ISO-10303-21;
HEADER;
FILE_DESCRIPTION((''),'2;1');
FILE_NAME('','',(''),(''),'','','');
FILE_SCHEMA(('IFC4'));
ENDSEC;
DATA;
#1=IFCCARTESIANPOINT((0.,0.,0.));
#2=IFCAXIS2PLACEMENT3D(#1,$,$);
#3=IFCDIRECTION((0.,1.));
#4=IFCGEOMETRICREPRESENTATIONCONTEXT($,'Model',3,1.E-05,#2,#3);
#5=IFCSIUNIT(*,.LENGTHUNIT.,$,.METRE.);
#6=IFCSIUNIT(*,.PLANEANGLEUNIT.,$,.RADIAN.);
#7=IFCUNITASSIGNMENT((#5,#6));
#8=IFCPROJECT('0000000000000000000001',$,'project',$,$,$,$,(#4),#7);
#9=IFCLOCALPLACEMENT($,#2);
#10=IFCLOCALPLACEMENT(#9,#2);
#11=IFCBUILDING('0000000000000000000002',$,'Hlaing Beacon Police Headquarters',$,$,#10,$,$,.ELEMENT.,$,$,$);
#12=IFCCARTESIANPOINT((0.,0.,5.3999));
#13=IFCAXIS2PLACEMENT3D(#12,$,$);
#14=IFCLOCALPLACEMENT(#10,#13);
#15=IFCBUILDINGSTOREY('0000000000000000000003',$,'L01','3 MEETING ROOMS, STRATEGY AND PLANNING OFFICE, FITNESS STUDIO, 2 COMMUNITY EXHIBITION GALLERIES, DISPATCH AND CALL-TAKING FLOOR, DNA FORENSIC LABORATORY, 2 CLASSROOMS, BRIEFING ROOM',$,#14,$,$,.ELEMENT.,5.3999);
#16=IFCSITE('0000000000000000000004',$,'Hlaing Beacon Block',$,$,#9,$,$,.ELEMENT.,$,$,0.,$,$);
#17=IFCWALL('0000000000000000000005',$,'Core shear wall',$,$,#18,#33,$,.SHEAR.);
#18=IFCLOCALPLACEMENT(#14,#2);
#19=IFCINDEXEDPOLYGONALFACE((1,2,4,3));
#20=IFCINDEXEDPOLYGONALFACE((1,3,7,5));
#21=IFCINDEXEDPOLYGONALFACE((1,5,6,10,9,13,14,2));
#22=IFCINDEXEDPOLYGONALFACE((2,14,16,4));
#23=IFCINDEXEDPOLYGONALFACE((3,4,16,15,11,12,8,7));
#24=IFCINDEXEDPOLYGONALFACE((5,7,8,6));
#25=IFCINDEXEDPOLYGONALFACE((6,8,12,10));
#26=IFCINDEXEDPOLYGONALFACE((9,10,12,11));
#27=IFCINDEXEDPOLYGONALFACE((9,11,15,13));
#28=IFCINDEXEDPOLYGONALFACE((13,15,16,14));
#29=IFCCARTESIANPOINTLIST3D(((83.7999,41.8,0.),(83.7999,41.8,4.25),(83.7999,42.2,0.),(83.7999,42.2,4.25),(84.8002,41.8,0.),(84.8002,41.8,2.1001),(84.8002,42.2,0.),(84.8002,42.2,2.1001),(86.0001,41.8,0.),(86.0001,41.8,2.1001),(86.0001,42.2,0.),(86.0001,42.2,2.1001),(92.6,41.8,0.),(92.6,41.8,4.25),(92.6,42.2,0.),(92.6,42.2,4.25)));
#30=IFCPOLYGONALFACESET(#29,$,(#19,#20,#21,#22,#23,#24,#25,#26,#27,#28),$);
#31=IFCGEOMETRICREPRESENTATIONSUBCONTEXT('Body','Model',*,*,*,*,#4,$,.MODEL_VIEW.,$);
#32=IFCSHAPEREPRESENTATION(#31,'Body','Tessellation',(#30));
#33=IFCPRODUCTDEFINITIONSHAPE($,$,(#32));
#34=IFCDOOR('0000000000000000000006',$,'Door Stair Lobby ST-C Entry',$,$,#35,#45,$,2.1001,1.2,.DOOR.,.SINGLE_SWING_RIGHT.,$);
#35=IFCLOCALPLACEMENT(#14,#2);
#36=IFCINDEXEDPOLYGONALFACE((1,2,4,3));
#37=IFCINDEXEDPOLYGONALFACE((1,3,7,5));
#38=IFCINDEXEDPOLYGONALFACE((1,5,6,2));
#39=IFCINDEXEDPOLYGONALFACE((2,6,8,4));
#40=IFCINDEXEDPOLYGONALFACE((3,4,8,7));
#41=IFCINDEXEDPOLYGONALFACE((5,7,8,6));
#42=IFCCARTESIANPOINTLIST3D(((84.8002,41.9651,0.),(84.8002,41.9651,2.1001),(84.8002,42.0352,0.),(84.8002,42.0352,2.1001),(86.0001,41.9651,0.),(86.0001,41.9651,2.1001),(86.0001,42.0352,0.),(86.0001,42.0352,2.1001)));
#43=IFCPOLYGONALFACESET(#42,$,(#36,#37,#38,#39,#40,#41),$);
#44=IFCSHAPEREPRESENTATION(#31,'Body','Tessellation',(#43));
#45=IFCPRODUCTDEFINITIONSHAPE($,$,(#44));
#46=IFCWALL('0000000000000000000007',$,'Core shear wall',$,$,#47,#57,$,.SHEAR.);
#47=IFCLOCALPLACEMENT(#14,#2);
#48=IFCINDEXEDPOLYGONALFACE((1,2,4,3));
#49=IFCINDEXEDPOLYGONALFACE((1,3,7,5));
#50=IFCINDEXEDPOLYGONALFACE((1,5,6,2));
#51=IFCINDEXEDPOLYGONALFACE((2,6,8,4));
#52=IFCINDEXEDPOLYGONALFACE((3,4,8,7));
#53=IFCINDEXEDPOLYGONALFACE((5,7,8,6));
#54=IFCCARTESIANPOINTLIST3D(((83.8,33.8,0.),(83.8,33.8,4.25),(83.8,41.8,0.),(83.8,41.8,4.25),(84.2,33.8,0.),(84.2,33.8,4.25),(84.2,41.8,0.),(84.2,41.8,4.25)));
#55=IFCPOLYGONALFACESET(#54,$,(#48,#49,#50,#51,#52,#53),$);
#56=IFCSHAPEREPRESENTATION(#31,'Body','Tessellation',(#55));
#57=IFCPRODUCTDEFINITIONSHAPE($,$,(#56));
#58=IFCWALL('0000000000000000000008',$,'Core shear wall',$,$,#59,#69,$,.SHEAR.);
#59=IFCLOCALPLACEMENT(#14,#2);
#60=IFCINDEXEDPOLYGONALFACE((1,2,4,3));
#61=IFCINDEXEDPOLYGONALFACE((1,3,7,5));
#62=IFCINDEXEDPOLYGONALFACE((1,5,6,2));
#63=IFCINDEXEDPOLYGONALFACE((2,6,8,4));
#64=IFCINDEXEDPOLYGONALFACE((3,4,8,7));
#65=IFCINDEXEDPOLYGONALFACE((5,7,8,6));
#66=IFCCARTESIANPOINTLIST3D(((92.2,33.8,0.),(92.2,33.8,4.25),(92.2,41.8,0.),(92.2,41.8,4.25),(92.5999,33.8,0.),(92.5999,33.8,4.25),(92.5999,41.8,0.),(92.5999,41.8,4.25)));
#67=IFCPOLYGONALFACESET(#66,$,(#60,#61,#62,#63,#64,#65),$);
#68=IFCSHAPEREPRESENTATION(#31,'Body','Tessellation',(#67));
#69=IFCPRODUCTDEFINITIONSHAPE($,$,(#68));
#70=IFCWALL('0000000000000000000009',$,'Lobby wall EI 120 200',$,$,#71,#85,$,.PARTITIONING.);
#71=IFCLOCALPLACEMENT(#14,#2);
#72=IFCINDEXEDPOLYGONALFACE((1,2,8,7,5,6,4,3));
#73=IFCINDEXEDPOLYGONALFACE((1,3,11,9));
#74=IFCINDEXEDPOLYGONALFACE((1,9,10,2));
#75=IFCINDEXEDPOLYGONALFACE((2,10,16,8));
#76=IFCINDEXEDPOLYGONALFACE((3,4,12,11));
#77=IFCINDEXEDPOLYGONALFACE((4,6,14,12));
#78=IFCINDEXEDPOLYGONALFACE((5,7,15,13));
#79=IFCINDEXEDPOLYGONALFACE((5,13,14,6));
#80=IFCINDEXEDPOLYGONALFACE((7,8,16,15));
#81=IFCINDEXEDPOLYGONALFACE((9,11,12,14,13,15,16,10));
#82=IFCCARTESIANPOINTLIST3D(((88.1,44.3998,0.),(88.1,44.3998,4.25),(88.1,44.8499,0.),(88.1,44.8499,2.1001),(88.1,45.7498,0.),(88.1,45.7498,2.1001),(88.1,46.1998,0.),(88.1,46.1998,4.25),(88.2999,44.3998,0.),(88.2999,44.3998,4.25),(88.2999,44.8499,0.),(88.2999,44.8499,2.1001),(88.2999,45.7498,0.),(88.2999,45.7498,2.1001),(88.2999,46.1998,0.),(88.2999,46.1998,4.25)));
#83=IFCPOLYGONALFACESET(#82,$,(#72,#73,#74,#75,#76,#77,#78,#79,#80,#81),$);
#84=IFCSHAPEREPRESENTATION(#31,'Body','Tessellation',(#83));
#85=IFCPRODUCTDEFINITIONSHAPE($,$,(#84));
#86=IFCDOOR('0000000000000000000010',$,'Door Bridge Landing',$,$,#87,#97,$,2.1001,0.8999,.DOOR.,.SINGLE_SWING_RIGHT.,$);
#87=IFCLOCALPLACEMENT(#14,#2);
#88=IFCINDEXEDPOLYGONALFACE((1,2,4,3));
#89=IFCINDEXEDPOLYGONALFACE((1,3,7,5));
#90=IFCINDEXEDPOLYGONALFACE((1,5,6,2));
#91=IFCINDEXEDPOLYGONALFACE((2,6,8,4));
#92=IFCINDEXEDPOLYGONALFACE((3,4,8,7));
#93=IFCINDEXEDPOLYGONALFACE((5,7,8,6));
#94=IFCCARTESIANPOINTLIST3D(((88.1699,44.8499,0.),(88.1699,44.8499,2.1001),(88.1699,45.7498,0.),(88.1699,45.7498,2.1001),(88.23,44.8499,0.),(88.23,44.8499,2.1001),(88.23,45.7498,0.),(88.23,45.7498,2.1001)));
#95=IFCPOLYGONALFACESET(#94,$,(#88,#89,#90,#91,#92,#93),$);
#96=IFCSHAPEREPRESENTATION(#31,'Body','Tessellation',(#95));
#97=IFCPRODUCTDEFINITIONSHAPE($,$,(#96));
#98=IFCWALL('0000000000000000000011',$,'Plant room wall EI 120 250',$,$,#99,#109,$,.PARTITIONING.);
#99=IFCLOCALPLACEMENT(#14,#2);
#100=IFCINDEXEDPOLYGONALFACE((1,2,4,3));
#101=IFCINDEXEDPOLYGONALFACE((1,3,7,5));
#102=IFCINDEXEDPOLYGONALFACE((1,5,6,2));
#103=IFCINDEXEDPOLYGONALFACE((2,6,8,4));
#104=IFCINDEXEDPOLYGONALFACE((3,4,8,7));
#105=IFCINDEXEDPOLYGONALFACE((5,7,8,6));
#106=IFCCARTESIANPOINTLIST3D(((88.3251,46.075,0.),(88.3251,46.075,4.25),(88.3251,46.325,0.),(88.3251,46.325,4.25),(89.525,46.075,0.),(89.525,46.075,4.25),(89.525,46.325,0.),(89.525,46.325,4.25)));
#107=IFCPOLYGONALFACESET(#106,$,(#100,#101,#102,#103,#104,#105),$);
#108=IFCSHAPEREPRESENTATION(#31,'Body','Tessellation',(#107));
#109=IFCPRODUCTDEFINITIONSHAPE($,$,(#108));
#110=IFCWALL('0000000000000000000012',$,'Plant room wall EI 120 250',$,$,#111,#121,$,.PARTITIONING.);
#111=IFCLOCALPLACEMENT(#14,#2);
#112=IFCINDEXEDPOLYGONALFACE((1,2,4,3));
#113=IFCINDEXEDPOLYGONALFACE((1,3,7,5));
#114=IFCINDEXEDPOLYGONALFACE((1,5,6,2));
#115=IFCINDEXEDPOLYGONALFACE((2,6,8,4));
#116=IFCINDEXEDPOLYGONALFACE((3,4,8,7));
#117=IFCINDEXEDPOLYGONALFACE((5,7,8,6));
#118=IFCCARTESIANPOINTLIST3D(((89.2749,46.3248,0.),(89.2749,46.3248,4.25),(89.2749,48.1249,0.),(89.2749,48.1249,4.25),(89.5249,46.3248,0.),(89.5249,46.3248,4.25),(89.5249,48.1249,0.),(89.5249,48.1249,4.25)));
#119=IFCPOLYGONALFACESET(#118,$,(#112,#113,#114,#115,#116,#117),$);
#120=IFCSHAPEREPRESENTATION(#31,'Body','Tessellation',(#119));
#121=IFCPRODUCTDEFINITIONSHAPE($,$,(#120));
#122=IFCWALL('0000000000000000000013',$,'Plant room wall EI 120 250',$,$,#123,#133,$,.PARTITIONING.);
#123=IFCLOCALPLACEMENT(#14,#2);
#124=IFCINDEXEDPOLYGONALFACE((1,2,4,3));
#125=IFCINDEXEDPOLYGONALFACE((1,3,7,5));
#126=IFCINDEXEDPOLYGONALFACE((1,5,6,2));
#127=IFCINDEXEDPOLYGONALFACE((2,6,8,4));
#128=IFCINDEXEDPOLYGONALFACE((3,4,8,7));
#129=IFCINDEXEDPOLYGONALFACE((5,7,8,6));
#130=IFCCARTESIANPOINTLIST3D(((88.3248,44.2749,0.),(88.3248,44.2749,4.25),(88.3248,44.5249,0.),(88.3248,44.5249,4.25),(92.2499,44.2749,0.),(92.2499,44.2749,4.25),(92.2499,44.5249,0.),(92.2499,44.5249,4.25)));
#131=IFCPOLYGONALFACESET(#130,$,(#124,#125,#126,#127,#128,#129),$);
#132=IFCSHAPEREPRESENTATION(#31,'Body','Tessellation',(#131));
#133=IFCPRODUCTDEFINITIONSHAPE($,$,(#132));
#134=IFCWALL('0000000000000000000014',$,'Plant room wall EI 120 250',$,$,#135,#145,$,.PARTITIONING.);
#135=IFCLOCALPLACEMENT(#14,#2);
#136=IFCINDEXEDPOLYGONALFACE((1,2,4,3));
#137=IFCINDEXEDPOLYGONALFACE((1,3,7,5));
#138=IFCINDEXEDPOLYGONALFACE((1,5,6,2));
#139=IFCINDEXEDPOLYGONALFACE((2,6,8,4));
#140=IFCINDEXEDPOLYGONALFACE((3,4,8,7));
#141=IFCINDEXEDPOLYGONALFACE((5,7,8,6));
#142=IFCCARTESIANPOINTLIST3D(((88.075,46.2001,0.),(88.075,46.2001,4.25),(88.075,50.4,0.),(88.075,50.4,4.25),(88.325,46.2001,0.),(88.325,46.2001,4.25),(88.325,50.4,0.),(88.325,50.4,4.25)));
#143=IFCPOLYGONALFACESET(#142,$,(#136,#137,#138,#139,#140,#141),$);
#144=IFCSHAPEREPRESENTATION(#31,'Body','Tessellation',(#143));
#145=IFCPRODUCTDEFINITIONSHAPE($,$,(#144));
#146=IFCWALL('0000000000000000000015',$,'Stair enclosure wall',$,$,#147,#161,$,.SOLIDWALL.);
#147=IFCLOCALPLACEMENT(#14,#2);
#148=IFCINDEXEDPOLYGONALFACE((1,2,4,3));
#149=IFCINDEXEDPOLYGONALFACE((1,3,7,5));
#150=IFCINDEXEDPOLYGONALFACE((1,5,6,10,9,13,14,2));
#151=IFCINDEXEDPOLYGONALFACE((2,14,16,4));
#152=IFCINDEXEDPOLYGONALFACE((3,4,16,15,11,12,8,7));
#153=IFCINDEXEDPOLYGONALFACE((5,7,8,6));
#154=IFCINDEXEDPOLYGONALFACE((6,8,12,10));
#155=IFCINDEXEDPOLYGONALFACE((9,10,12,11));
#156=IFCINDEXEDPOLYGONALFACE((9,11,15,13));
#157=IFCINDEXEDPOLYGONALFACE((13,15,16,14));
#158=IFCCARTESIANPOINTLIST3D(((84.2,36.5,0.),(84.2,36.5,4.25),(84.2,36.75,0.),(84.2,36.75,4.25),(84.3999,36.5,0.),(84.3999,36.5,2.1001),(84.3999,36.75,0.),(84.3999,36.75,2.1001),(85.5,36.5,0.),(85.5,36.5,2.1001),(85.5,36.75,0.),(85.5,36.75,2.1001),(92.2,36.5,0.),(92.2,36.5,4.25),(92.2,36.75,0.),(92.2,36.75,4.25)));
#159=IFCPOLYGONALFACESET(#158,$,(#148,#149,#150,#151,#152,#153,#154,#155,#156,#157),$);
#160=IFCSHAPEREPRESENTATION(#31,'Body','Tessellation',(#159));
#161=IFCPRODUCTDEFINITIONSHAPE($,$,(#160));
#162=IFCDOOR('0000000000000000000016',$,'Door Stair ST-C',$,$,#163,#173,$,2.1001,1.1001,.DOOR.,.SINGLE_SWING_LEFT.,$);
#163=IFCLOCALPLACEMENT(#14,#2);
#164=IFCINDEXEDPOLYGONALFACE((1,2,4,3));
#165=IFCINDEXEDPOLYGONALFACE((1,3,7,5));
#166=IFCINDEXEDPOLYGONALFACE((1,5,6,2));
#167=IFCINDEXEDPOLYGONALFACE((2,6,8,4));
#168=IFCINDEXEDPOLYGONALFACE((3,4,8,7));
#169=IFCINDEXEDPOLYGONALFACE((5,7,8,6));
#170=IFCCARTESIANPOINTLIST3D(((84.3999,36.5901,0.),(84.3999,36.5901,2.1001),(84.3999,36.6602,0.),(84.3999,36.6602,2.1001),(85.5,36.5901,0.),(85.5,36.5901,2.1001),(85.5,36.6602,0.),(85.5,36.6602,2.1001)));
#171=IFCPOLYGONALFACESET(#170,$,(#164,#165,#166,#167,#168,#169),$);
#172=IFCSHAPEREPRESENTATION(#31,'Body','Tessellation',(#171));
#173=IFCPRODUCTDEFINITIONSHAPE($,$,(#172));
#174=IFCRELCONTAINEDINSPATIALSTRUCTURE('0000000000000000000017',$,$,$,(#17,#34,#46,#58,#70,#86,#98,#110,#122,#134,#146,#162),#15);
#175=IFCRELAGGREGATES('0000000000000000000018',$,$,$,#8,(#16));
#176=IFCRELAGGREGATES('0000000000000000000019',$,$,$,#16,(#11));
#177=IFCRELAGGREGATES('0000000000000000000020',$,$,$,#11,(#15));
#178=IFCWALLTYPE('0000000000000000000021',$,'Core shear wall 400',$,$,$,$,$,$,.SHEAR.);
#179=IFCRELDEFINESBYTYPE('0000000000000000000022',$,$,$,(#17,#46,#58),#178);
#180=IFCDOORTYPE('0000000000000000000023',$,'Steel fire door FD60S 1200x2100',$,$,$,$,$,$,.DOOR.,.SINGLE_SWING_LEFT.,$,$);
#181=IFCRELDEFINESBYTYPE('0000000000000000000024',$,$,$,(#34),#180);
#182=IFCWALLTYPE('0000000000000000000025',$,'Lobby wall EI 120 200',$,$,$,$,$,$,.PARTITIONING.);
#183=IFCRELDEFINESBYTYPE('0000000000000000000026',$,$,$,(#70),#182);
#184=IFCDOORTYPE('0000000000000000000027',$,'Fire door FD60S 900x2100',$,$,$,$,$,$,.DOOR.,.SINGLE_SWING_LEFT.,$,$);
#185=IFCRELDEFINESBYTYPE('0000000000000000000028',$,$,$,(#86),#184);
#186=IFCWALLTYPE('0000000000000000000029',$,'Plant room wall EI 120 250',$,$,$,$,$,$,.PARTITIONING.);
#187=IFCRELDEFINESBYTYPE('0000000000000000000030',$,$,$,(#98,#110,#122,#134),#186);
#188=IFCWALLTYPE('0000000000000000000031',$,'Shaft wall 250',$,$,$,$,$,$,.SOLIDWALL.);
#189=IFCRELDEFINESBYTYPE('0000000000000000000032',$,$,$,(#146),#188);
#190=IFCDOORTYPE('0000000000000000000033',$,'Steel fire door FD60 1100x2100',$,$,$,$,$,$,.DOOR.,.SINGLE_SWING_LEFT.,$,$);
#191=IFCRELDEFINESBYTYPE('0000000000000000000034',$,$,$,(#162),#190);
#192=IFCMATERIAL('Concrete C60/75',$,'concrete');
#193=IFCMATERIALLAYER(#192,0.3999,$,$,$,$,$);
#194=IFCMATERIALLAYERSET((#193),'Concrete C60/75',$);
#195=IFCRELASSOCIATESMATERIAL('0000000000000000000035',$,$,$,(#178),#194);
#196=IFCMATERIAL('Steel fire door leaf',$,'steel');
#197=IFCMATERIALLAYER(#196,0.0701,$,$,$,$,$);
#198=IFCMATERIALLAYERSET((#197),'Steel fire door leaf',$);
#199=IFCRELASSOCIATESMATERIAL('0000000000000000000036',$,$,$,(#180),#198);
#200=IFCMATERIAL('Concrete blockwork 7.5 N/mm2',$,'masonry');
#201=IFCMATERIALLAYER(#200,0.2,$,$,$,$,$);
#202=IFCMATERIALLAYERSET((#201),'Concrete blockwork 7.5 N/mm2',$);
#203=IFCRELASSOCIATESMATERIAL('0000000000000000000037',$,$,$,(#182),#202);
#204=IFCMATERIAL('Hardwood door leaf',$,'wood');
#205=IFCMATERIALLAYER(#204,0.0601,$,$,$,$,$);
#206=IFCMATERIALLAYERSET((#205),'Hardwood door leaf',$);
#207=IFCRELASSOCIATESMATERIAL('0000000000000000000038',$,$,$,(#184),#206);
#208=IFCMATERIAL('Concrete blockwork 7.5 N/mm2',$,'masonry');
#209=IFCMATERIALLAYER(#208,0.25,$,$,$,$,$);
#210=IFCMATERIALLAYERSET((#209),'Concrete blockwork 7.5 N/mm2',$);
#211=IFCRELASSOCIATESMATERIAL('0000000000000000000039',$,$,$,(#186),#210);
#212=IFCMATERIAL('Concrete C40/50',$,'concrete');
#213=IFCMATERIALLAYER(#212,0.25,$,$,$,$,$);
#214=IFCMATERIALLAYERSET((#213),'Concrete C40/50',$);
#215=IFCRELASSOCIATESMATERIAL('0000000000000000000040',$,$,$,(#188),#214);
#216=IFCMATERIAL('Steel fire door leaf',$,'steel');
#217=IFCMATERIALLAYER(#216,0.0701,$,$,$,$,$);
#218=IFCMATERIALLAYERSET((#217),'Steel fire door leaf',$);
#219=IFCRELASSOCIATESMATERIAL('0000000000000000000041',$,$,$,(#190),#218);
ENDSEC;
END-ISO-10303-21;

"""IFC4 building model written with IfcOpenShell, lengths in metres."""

from ifc_helpers import new_model, si_unit, direction, frame, frame_2d, origin, place, context, subcontext, project, spatial, rectangle, extrude, material, layer, layer_set, type_object, element, fill, save


model = new_model("IFC4")

# Units and contexts
model_context = context("Model", 3, precision=1e-05, world=origin(), true_north=direction((0.0, 1.0)))
body_context = subcontext(model_context, "Body", "Model", "MODEL_VIEW")
ifc_project = project(units=[si_unit("LENGTHUNIT", "METRE"), si_unit("PLANEANGLEUNIT", "RADIAN")], contexts=[model_context])

# Site, building, storey
site_placement = place(None, origin())
site = spatial("IfcSite", under=ifc_project, at=site_placement, Name="Hlaing Beacon Block", CompositionType="ELEMENT", RefElevation=0.0)
building_placement = place(site_placement, origin())
building = spatial("IfcBuilding", under=site, at=building_placement, Name="Hlaing Beacon Police Headquarters", CompositionType="ELEMENT")
storey_placement = place(building_placement, frame((0.0, 0.0, 5.3999)))
storey = spatial("IfcBuildingStorey", under=building, at=storey_placement, Name="L01", Description="3 MEETING ROOMS, STRATEGY AND PLANNING OFFICE, FITNESS STUDIO, 2 COMMUNITY EXHIBITION GALLERIES, DISPATCH AND CALL-TAKING FLOOR, DNA FORENSIC LABORATORY, 2 CLASSROOMS, BRIEFING ROOM", CompositionType="ELEMENT", Elevation=5.3999)

# Wall, opening, door
ifc_material_1 = material(Name="Concrete C60/75", Category="concrete")
ifc_layer_1 = layer(ifc_material_1, 0.3999)
ifc_layer_set_1 = layer_set([ifc_layer_1], Name="Concrete C60/75")
wall_type_1 = type_object("IfcWallType", Name="Core shear wall 400", PredefinedType="SHEAR", material=ifc_layer_set_1)
wall_1_placement = place(storey_placement, frame((83.8, 42.0, 0.0), z_axis=(0.0, 0.0, 1.0), x_axis=(1.0, 0.0, 0.0)))
wall_1 = element("IfcWall", 1, at=wall_1_placement, inside=storey, type_object=wall_type_1, Name="Core shear wall", PredefinedType="SHEAR", context=body_context, shape_type="SweptSolid", body=[
    extrude(rectangle(XDim=8.8, YDim=0.3999, at=frame_2d((4.3999, 0.0))), origin(), (0.0, 0.0, 1.0), 4.25),
])
opening_1_placement = place(wall_1_placement, frame((1.0, 0.0, 0.0)))
opening_1 = element("IfcOpeningElement", 2, at=opening_1_placement, cuts=wall_1, PredefinedType="OPENING", context=body_context, shape_type="SweptSolid", body=[
    extrude(rectangle(XDim=1.2, YDim=2.1001, at=frame_2d((0.6001, 1.05))), frame((0.0, 0.21, 0.0), z_axis=(0.0, -1.0, 0.0), x_axis=(1.0, 0.0, 0.0)), (0.0, 0.0, 1.0), 0.4199),
])
ifc_material_2 = material(Name="Steel fire door leaf", Category="steel")
ifc_layer_2 = layer(ifc_material_2, 0.0701)
ifc_layer_set_2 = layer_set([ifc_layer_2], Name="Steel fire door leaf")
door_type_1 = type_object("IfcDoorType", Name="Steel fire door FD60S 1200x2100", OperationType="SINGLE_SWING_LEFT", PredefinedType="DOOR", material=ifc_layer_set_2)
door_1_placement = place(opening_1_placement, frame((1.2, 0.0, 0.0), z_axis=(0.0, 0.0, 1.0), x_axis=(-1.0, 0.0, 0.0)))
door_1 = element("IfcDoor", 3, at=door_1_placement, inside=storey, type_object=door_type_1, Name="Door Stair Lobby ST-C Entry", OperationType="SINGLE_SWING_RIGHT", OverallHeight=2.1001, OverallWidth=1.2, PredefinedType="DOOR", context=body_context, shape_type="SweptSolid", body=[
    extrude(rectangle(XDim=1.2, YDim=2.1001, at=frame_2d((0.5999, 1.05))), frame((0.0, 0.0349, 0.0), z_axis=(0.0, -1.0, 0.0), x_axis=(1.0, 0.0, 0.0)), (0.0, 0.0, 1.0), 0.0701),
])
fill(opening_1, door_1)

# Walls
for number, where, z_axis, x_axis, name in (
    (4, (84.0, 33.8, 0.0), (0.0, 0.0, 1.0), (0.0, 1.0, 0.0), "Core shear wall"),
    (5, (92.3999, 33.8, 0.0), (0.0, 0.0, 1.0), (0.0, 1.0, 0.0), "Core shear wall"),
):
    element("IfcWall", number, at=place(storey_placement, frame(where, z_axis=z_axis, x_axis=x_axis)), inside=storey, type_object=wall_type_1, Name=name, PredefinedType="SHEAR", context=body_context, shape_type="SweptSolid", body=[
        extrude(rectangle(XDim=8.0, YDim=0.3999, at=frame_2d((4.0, 0.0))), origin(), (0.0, 0.0, 1.0), 4.25),
    ])

# Wall, opening, door
ifc_material_3 = material(Name="Concrete blockwork 7.5 N/mm2", Category="masonry")
ifc_layer_3 = layer(ifc_material_3, 0.2)
ifc_layer_set_3 = layer_set([ifc_layer_3], Name="Concrete blockwork 7.5 N/mm2")
wall_type_2 = type_object("IfcWallType", Name="Lobby wall EI 120 200", PredefinedType="PARTITIONING", material=ifc_layer_set_3)
wall_2_placement = place(storey_placement, frame((88.2, 44.3999, 0.0), z_axis=(0.0, 0.0, 1.0), x_axis=(0.0, 1.0, 0.0)))
wall_2 = element("IfcWall", 6, at=wall_2_placement, inside=storey, type_object=wall_type_2, Name="Lobby wall EI 120 200", PredefinedType="PARTITIONING", context=body_context, shape_type="SweptSolid", body=[
    extrude(rectangle(XDim=1.8, YDim=0.2, at=frame_2d((0.8999, 0.0))), origin(), (0.0, 0.0, 1.0), 4.25),
])
opening_2_placement = place(wall_2_placement, frame((0.45, 0.0, 0.0)))
opening_2 = element("IfcOpeningElement", 7, at=opening_2_placement, cuts=wall_2, PredefinedType="OPENING", context=body_context, shape_type="SweptSolid", body=[
    extrude(rectangle(XDim=0.8999, YDim=2.1001, at=frame_2d((0.45, 1.05))), frame((0.0, 0.1099, 0.0), z_axis=(0.0, -1.0, 0.0), x_axis=(1.0, 0.0, 0.0)), (0.0, 0.0, 1.0), 0.22),
])
ifc_material_4 = material(Name="Hardwood door leaf", Category="wood")
ifc_layer_4 = layer(ifc_material_4, 0.0601)
ifc_layer_set_4 = layer_set([ifc_layer_4], Name="Hardwood door leaf")
door_type_2 = type_object("IfcDoorType", Name="Fire door FD60S 900x2100", OperationType="SINGLE_SWING_LEFT", PredefinedType="DOOR", material=ifc_layer_set_4)
door_2_placement = place(opening_2_placement, frame((0.8999, 0.0, 0.0), z_axis=(0.0, 0.0, 1.0), x_axis=(-1.0, 0.0, 0.0)))
door_2 = element("IfcDoor", 8, at=door_2_placement, inside=storey, type_object=door_type_2, Name="Door Bridge Landing", OperationType="SINGLE_SWING_RIGHT", OverallHeight=2.1001, OverallWidth=0.8999, PredefinedType="DOOR", context=body_context, shape_type="SweptSolid", body=[
    extrude(rectangle(XDim=0.8999, YDim=2.1001, at=frame_2d((0.45, 1.05))), frame((0.0, 0.03, 0.0), z_axis=(0.0, -1.0, 0.0), x_axis=(1.0, 0.0, 0.0)), (0.0, 0.0, 1.0), 0.0601),
])
fill(opening_2, door_2)

# Walls
ifc_material_5 = material(Name="Concrete blockwork 7.5 N/mm2", Category="masonry")
ifc_layer_5 = layer(ifc_material_5, 0.25)
ifc_layer_set_5 = layer_set([ifc_layer_5], Name="Concrete blockwork 7.5 N/mm2")
wall_type_3 = type_object("IfcWallType", Name="Plant room wall EI 120 250", PredefinedType="PARTITIONING", material=ifc_layer_set_5)
wall_3_placement = place(storey_placement, frame((88.325, 46.2, 0.0), z_axis=(0.0, 0.0, 1.0), x_axis=(1.0, 0.0, 0.0)))
element("IfcWall", 9, at=wall_3_placement, inside=storey, type_object=wall_type_3, Name="Plant room wall EI 120 250", PredefinedType="PARTITIONING", context=body_context, shape_type="SweptSolid", body=[
    extrude(rectangle(XDim=1.2, YDim=0.25, at=frame_2d((0.6001, 0.0))), origin(), (0.0, 0.0, 1.0), 4.25),
])
wall_4_placement = place(storey_placement, frame((89.3999, 46.325, 0.0), z_axis=(0.0, 0.0, 1.0), x_axis=(0.0, 1.0, 0.0)))
element("IfcWall", 10, at=wall_4_placement, inside=storey, type_object=wall_type_3, Name="Plant room wall EI 120 250", PredefinedType="PARTITIONING", context=body_context, shape_type="SweptSolid", body=[
    extrude(rectangle(XDim=1.8, YDim=0.25, at=frame_2d((0.8999, 0.0))), origin(), (0.0, 0.0, 1.0), 4.25),
])

# Wall
wall_5_placement = place(storey_placement, frame((88.325, 44.3999, 0.0), z_axis=(0.0, 0.0, 1.0), x_axis=(1.0, 0.0, 0.0)))
element("IfcWall", 11, at=wall_5_placement, inside=storey, type_object=wall_type_3, Name="Plant room wall EI 120 250", PredefinedType="PARTITIONING", context=body_context, shape_type="SweptSolid", body=[
    extrude(rectangle(XDim=3.925, YDim=0.25, at=frame_2d((1.9624, 0.0))), origin(), (0.0, 0.0, 1.0), 4.25),
])

# Wall
wall_6_placement = place(storey_placement, frame((88.2, 46.2, 0.0), z_axis=(0.0, 0.0, 1.0), x_axis=(0.0, 1.0, 0.0)))
element("IfcWall", 12, at=wall_6_placement, inside=storey, type_object=wall_type_3, Name="Plant room wall EI 120 250", PredefinedType="PARTITIONING", context=body_context, shape_type="SweptSolid", body=[
    extrude(rectangle(XDim=4.2, YDim=0.25, at=frame_2d((2.1001, 0.0))), origin(), (0.0, 0.0, 1.0), 4.25),
])

# Wall, opening, door
ifc_material_6 = material(Name="Concrete C40/50", Category="concrete")
ifc_layer_6 = layer(ifc_material_6, 0.25)
ifc_layer_set_6 = layer_set([ifc_layer_6], Name="Concrete C40/50")
wall_type_4 = type_object("IfcWallType", Name="Shaft wall 250", PredefinedType="SOLIDWALL", material=ifc_layer_set_6)
wall_7_placement = place(storey_placement, frame((84.2, 36.625, 0.0), z_axis=(0.0, 0.0, 1.0), x_axis=(1.0, 0.0, 0.0)))
wall_7 = element("IfcWall", 13, at=wall_7_placement, inside=storey, type_object=wall_type_4, Name="Stair enclosure wall", PredefinedType="SOLIDWALL", context=body_context, shape_type="SweptSolid", body=[
    extrude(rectangle(XDim=8.0, YDim=0.25, at=frame_2d((4.0, 0.0))), origin(), (0.0, 0.0, 1.0), 4.25),
])
opening_3_placement = place(wall_7_placement, frame((0.2, 0.0, 0.0)))
opening_3 = element("IfcOpeningElement", 14, at=opening_3_placement, cuts=wall_7, PredefinedType="OPENING", context=body_context, shape_type="SweptSolid", body=[
    extrude(rectangle(XDim=1.1001, YDim=2.1001, at=frame_2d((0.55, 1.05))), frame((0.0, 0.135, 0.0), z_axis=(0.0, -1.0, 0.0), x_axis=(1.0, 0.0, 0.0)), (0.0, 0.0, 1.0), 0.27),
])
ifc_material_7 = material(Name="Steel fire door leaf", Category="steel")
ifc_layer_7 = layer(ifc_material_7, 0.0701)
ifc_layer_set_7 = layer_set([ifc_layer_7], Name="Steel fire door leaf")
door_type_3 = type_object("IfcDoorType", Name="Steel fire door FD60 1100x2100", OperationType="SINGLE_SWING_LEFT", PredefinedType="DOOR", material=ifc_layer_set_7)
door_3_placement = place(opening_3_placement, frame((1.1001, 0.0, 0.0), z_axis=(0.0, 0.0, 1.0), x_axis=(-1.0, 0.0, 0.0)))
door_3 = element("IfcDoor", 15, at=door_3_placement, inside=storey, type_object=door_type_3, Name="Door Stair ST-C", OperationType="SINGLE_SWING_LEFT", OverallHeight=2.1001, OverallWidth=1.1001, PredefinedType="DOOR", context=body_context, shape_type="SweptSolid", body=[
    extrude(rectangle(XDim=1.1001, YDim=2.1001, at=frame_2d((0.55, 1.05))), frame((0.0, 0.0349, 0.0), z_axis=(0.0, -1.0, 0.0), x_axis=(1.0, 0.0, 0.0)), (0.0, 0.0, 1.0), 0.0701),
])
fill(opening_3, door_3)

save(model, "model.ifc")
